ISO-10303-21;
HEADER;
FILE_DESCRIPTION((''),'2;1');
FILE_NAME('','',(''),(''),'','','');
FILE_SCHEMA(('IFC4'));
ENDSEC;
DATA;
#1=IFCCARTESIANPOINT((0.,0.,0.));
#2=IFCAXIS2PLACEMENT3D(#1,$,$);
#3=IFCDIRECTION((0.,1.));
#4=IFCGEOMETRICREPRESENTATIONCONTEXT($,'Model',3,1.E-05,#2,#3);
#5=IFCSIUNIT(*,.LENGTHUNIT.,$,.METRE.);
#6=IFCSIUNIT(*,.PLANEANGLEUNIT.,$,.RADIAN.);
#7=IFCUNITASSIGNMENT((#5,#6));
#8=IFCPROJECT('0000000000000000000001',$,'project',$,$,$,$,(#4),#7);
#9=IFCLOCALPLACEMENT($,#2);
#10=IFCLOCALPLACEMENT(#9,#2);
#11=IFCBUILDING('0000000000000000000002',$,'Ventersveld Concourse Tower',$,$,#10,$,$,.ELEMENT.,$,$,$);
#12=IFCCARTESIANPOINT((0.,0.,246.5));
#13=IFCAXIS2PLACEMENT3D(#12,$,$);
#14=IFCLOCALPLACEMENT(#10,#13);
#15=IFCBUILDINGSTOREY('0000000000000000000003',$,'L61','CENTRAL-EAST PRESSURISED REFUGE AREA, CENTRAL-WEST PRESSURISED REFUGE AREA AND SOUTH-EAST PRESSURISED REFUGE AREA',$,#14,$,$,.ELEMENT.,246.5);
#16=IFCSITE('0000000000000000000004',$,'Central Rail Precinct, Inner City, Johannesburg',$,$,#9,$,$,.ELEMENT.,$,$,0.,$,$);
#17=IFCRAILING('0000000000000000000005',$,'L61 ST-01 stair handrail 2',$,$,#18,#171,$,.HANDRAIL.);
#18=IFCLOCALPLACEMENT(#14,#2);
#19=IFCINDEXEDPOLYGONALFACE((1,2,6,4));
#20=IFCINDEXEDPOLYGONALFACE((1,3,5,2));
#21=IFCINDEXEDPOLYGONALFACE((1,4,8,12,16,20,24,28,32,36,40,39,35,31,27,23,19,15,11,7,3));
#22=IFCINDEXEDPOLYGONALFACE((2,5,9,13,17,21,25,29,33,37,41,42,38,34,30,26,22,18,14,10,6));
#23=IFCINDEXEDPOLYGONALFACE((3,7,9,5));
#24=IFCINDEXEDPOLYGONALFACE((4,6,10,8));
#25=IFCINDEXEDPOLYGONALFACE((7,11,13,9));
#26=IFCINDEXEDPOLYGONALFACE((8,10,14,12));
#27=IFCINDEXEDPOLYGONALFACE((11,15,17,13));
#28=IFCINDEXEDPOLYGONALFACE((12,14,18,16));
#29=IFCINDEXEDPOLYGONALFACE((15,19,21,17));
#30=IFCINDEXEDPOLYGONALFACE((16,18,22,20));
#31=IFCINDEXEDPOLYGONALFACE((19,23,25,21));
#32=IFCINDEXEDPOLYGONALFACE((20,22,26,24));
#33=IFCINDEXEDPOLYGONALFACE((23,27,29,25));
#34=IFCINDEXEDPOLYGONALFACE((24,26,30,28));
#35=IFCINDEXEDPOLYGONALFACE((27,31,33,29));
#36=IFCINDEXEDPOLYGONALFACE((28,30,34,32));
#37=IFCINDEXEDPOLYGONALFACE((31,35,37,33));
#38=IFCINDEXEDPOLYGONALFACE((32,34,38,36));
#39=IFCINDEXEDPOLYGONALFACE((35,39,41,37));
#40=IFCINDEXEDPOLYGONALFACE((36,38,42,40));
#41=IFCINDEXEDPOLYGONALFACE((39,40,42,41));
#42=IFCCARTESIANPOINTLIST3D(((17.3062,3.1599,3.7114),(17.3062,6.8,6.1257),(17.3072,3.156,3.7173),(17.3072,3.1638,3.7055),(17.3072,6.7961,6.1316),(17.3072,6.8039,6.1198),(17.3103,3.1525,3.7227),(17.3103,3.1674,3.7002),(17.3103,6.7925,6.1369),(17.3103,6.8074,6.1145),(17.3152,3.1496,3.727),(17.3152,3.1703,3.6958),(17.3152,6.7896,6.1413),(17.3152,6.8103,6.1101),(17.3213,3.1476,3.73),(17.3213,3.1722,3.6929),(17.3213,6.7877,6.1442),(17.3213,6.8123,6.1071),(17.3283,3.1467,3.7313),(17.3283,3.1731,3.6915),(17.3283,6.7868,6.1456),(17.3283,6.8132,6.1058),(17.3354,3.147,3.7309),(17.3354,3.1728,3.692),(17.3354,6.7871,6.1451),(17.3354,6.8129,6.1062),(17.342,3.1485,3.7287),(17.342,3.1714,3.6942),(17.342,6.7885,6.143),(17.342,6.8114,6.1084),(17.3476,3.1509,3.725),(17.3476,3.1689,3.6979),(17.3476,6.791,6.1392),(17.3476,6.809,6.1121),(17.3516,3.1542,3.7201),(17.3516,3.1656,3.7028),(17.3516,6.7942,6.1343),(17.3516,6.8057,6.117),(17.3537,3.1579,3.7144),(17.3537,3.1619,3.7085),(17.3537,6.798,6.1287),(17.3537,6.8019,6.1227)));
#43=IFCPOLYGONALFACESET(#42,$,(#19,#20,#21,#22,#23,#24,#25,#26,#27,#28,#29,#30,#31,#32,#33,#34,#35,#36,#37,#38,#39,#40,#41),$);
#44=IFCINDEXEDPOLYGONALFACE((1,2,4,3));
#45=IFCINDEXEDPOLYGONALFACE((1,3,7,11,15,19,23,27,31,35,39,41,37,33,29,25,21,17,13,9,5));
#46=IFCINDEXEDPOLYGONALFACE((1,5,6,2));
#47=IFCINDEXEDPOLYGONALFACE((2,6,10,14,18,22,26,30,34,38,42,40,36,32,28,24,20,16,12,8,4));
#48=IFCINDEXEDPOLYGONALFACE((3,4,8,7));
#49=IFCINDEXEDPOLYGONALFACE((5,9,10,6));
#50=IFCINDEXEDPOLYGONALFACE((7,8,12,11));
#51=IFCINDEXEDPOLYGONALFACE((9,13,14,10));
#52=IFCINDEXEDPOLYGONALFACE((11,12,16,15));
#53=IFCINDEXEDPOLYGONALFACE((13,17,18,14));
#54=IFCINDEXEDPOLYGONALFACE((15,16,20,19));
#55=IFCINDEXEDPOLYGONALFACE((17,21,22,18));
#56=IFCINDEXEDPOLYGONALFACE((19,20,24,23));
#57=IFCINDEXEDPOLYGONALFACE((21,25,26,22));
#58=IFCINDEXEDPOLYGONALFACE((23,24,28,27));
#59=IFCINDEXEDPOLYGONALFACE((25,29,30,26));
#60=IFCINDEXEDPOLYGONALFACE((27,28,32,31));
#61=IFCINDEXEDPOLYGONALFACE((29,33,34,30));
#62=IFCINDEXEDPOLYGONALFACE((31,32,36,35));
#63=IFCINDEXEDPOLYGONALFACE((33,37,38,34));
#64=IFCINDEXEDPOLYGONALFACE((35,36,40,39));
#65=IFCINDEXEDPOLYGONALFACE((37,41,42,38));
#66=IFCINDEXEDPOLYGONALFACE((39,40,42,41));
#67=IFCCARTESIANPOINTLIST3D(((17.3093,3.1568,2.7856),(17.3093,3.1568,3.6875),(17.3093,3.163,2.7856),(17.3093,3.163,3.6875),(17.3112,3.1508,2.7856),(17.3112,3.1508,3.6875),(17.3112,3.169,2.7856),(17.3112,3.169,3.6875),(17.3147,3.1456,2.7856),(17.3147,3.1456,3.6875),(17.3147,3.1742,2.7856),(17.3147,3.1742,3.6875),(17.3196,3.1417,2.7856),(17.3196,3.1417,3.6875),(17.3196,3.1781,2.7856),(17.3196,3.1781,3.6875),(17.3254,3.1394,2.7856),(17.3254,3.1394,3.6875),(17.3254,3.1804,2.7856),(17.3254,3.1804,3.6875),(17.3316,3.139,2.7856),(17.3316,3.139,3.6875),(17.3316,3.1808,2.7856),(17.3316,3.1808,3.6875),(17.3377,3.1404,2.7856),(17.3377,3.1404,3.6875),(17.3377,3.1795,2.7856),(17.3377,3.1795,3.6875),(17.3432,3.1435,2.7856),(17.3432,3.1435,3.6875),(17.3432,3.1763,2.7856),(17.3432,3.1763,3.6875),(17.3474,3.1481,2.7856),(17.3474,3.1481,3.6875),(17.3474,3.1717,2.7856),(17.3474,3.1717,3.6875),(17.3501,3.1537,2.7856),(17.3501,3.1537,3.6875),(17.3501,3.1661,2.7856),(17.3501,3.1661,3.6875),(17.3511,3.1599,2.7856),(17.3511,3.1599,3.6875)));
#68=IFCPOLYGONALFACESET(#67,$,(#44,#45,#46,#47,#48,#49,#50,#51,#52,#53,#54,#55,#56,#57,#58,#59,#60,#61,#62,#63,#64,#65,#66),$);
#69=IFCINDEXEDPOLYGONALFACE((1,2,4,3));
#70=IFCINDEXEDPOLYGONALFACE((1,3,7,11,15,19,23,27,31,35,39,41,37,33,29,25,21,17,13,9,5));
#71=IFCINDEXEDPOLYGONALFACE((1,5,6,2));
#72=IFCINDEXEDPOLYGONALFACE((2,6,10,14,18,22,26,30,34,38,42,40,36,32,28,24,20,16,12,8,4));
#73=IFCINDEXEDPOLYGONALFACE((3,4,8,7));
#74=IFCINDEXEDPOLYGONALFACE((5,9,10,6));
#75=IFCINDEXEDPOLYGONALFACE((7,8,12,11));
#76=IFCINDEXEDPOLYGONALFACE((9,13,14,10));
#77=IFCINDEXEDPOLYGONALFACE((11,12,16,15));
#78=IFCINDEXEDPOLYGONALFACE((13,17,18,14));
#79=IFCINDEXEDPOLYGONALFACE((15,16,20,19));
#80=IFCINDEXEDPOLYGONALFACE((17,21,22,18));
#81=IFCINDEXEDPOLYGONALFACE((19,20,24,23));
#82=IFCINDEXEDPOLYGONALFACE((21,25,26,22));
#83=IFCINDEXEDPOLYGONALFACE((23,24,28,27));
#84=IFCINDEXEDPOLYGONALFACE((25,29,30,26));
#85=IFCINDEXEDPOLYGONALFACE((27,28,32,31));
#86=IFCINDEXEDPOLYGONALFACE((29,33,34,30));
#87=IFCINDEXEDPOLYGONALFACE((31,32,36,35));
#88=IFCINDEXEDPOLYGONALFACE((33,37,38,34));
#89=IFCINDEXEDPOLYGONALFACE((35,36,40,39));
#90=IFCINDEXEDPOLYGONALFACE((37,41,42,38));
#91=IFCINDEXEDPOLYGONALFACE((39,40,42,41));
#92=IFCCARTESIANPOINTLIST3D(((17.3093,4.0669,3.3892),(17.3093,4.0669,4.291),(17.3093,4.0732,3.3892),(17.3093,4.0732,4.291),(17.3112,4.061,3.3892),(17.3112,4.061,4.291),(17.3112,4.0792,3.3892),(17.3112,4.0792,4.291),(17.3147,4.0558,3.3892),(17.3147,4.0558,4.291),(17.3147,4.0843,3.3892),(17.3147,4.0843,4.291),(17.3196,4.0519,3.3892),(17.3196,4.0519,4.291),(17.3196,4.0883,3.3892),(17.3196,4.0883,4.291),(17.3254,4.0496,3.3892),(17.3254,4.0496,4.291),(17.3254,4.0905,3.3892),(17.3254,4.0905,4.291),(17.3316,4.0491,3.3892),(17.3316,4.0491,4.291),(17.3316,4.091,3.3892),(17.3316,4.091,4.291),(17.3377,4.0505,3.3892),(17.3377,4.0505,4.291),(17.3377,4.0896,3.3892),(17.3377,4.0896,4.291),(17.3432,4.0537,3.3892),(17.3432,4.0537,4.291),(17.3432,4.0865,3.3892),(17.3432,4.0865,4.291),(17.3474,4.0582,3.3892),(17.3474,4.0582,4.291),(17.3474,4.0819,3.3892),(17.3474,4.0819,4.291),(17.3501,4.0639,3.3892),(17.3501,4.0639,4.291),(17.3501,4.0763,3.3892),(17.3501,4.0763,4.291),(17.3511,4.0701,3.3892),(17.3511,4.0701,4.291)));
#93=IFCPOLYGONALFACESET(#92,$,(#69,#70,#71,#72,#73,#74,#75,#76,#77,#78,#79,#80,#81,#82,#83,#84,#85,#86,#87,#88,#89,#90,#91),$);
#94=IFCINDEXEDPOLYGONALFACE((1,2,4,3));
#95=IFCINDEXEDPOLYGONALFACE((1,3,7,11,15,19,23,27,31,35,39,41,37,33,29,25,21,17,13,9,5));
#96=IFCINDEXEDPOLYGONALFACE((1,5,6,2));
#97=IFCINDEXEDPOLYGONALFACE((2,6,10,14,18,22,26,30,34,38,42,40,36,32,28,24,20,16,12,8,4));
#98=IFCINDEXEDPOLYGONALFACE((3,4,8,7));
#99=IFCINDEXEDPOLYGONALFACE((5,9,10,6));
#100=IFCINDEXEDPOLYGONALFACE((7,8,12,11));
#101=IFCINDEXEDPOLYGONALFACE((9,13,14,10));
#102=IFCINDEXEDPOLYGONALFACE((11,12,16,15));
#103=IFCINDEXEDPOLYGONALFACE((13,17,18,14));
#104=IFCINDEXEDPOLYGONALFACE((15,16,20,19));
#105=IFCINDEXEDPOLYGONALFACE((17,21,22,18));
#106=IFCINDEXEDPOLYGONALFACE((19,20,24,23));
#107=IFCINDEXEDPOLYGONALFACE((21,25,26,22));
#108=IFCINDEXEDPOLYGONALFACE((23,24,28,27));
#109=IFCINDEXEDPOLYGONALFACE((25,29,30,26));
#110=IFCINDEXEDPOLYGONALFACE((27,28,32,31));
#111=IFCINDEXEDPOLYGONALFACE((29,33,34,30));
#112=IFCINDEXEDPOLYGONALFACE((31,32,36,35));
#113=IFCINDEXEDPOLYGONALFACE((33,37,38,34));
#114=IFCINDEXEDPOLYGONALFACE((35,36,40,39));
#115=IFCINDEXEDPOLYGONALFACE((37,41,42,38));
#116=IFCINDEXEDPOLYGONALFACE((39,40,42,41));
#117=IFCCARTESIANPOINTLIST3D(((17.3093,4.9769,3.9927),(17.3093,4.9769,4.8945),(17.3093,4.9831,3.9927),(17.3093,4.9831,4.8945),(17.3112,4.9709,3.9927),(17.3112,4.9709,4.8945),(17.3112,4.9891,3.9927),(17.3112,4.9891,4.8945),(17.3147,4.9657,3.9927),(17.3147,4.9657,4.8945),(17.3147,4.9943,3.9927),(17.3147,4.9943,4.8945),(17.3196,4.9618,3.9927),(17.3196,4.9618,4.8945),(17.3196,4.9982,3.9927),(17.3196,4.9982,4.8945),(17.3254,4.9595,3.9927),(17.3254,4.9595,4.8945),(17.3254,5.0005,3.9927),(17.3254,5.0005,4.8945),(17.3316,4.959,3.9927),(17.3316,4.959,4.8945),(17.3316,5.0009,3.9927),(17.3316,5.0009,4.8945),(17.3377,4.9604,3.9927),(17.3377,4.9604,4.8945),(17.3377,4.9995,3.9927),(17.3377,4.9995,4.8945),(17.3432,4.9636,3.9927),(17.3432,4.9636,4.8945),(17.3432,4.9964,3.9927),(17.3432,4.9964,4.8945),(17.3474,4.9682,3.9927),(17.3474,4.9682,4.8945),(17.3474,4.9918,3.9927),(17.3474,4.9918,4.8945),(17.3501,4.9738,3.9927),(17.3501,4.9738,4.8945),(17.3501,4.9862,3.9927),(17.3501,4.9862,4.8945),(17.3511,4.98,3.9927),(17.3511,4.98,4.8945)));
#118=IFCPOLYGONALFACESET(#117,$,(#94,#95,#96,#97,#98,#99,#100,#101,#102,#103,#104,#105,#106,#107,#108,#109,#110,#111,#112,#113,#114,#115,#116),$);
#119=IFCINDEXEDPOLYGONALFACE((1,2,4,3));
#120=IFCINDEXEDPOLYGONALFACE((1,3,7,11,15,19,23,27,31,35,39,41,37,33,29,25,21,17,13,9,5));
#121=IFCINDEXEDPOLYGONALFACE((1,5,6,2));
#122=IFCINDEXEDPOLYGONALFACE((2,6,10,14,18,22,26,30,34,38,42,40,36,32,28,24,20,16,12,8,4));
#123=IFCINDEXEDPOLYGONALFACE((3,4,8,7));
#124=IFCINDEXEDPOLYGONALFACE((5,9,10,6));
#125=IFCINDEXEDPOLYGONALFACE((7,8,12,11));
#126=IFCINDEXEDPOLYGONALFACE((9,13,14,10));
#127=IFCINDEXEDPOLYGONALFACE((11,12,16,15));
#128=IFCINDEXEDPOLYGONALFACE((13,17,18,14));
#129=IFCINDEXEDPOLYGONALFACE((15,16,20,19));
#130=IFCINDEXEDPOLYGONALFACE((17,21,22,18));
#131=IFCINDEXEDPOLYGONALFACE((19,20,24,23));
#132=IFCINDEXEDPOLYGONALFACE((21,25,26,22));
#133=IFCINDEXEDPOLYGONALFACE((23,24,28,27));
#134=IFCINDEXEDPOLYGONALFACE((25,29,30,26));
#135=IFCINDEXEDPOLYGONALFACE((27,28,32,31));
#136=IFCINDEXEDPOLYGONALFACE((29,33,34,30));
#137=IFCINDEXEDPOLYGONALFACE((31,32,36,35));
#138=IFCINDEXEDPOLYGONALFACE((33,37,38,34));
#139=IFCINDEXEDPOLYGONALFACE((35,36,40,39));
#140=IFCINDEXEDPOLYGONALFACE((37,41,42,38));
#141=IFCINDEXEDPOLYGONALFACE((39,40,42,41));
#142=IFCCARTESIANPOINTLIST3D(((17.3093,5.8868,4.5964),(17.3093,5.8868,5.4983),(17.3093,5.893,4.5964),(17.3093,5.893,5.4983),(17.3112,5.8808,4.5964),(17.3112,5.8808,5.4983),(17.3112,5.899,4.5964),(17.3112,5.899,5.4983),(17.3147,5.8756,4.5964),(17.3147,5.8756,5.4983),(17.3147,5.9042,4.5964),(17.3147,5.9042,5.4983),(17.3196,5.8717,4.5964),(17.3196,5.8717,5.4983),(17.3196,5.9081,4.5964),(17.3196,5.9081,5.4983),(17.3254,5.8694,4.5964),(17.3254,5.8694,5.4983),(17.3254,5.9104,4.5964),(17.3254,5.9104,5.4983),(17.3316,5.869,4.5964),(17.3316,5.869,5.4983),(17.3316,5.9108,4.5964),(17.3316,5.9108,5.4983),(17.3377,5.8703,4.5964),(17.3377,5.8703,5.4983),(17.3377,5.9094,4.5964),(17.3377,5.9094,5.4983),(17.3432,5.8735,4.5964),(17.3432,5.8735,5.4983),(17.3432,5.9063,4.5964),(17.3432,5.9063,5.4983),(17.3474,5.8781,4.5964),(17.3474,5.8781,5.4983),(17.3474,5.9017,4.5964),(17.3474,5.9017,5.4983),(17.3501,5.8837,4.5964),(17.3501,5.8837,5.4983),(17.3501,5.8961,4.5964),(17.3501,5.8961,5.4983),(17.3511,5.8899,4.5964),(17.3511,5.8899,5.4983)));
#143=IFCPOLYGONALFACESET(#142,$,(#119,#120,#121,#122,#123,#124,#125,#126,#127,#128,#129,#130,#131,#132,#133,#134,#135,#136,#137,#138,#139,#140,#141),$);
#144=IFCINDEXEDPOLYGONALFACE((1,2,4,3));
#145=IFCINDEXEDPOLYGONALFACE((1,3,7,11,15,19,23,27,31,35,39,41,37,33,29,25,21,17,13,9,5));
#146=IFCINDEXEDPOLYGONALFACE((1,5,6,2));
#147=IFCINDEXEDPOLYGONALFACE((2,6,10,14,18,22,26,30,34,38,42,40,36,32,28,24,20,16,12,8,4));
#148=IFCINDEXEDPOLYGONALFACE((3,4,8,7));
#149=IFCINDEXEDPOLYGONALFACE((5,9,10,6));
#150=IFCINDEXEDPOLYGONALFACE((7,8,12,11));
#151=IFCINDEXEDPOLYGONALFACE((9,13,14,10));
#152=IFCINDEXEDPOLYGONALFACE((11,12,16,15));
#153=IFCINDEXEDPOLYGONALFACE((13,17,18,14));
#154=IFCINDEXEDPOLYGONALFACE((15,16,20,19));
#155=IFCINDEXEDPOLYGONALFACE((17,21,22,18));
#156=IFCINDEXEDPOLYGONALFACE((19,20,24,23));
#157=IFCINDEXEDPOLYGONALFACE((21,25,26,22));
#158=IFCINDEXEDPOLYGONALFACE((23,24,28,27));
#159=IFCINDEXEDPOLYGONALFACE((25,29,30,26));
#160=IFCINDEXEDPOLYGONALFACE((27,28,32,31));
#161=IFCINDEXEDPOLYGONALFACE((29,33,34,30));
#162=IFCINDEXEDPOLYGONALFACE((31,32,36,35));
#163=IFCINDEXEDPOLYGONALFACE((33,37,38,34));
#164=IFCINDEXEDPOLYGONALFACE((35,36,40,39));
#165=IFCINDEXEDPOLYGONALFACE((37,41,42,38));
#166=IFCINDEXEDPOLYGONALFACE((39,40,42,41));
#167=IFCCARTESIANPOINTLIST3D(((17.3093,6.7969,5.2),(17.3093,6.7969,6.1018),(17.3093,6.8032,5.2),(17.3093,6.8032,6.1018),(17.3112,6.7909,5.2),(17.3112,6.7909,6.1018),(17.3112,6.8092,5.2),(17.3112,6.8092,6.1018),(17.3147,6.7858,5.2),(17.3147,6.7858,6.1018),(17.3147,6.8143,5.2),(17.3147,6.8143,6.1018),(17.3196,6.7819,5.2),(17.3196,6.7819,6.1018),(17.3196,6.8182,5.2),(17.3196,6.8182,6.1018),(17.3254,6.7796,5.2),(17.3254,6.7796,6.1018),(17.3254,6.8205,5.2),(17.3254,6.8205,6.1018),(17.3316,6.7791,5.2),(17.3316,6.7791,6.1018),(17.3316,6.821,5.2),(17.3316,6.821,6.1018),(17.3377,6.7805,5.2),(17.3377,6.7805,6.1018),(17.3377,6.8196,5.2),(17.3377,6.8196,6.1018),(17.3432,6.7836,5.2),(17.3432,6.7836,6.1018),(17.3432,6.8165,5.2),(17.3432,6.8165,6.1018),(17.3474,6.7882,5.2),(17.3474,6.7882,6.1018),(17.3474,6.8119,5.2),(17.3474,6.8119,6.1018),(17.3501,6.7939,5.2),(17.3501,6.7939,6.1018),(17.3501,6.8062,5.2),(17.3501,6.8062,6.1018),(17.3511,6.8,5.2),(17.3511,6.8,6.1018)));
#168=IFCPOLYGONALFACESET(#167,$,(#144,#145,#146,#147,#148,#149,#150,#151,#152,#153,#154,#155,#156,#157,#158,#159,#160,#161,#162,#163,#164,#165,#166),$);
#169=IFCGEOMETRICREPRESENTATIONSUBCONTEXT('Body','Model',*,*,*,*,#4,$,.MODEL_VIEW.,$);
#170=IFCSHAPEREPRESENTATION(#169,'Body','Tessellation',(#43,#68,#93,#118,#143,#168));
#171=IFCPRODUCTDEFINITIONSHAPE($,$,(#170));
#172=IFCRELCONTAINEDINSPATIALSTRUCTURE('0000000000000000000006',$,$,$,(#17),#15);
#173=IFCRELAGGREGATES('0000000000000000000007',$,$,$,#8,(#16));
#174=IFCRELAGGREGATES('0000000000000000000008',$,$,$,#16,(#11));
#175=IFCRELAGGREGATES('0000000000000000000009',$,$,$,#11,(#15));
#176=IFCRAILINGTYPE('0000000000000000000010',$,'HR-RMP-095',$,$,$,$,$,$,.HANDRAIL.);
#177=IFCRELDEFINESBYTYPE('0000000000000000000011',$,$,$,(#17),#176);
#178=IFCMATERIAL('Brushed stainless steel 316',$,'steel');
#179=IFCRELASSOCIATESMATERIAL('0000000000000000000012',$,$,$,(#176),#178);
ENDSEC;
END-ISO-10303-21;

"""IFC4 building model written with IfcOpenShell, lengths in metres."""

from ifc_helpers import new_model, si_unit, direction, frame, origin, origin_2d, place, context, subcontext, project, spatial, circle, extrude, material, type_object, element, save


model = new_model("IFC4")

# Units and contexts
model_context = context("Model", 3, precision=1e-05, world=origin(), true_north=direction((0.0, 1.0)))
body_context = subcontext(model_context, "Body", "Model", "MODEL_VIEW")
ifc_project = project(units=[si_unit("LENGTHUNIT", "METRE"), si_unit("PLANEANGLEUNIT", "RADIAN")], contexts=[model_context])

# Site, building, storey
site_placement = place(None, origin())
site = spatial("IfcSite", under=ifc_project, at=site_placement, Name="Central Rail Precinct, Inner City, Johannesburg", CompositionType="ELEMENT", RefElevation=0.0)
building_placement = place(site_placement, origin())
building = spatial("IfcBuilding", under=site, at=building_placement, Name="Ventersveld Concourse Tower", CompositionType="ELEMENT")
storey_placement = place(building_placement, frame((0.0, 0.0, 246.5)))
storey = spatial("IfcBuildingStorey", under=building, at=storey_placement, Name="L61", Description="CENTRAL-EAST PRESSURISED REFUGE AREA, CENTRAL-WEST PRESSURISED REFUGE AREA AND SOUTH-EAST PRESSURISED REFUGE AREA", CompositionType="ELEMENT", Elevation=246.5)

# Shared definitions
ifc_material_1 = material(Name="Brushed stainless steel 316", Category="steel")

# Railing
railing_type_1 = type_object("IfcRailingType", Name="HR-RMP-095", PredefinedType="HANDRAIL", material=ifc_material_1)
railing_1_placement = place(storey_placement, frame((17.3301, 3.1599, 2.7856)))
element("IfcRailing", 1, at=railing_1_placement, inside=storey, type_object=railing_type_1, Name="L61 ST-01 stair handrail 2", PredefinedType="HANDRAIL", context=body_context, shape_type="SweptSolid", body=[
    extrude(circle(Radius=0.0239, at=origin_2d()), frame((0.0, 0.0, 0.9258), z_axis=(0.0, 0.833364, 0.552725), x_axis=(-1.0, 0.0, 0.0)), (0.0, 0.0, 1.0), 4.3679),
    extrude(circle(Radius=0.021, at=origin_2d()), origin(), (0.0, 0.0, 1.0), 0.9019),
    extrude(circle(Radius=0.021, at=origin_2d()), frame((0.0, 0.9102, 0.6035)), (0.0, 0.0, 1.0), 0.9019),
    extrude(circle(Radius=0.021, at=origin_2d()), frame((0.0, 1.8201, 1.207)), (0.0, 0.0, 1.0), 0.9019),
    extrude(circle(Radius=0.021, at=origin_2d()), frame((0.0, 2.73, 1.8108)), (0.0, 0.0, 1.0), 0.9019),
    extrude(circle(Radius=0.021, at=origin_2d()), frame((0.0, 3.6401, 2.4143)), (0.0, 0.0, 1.0), 0.9019),
])

save(model, "model.ifc")
